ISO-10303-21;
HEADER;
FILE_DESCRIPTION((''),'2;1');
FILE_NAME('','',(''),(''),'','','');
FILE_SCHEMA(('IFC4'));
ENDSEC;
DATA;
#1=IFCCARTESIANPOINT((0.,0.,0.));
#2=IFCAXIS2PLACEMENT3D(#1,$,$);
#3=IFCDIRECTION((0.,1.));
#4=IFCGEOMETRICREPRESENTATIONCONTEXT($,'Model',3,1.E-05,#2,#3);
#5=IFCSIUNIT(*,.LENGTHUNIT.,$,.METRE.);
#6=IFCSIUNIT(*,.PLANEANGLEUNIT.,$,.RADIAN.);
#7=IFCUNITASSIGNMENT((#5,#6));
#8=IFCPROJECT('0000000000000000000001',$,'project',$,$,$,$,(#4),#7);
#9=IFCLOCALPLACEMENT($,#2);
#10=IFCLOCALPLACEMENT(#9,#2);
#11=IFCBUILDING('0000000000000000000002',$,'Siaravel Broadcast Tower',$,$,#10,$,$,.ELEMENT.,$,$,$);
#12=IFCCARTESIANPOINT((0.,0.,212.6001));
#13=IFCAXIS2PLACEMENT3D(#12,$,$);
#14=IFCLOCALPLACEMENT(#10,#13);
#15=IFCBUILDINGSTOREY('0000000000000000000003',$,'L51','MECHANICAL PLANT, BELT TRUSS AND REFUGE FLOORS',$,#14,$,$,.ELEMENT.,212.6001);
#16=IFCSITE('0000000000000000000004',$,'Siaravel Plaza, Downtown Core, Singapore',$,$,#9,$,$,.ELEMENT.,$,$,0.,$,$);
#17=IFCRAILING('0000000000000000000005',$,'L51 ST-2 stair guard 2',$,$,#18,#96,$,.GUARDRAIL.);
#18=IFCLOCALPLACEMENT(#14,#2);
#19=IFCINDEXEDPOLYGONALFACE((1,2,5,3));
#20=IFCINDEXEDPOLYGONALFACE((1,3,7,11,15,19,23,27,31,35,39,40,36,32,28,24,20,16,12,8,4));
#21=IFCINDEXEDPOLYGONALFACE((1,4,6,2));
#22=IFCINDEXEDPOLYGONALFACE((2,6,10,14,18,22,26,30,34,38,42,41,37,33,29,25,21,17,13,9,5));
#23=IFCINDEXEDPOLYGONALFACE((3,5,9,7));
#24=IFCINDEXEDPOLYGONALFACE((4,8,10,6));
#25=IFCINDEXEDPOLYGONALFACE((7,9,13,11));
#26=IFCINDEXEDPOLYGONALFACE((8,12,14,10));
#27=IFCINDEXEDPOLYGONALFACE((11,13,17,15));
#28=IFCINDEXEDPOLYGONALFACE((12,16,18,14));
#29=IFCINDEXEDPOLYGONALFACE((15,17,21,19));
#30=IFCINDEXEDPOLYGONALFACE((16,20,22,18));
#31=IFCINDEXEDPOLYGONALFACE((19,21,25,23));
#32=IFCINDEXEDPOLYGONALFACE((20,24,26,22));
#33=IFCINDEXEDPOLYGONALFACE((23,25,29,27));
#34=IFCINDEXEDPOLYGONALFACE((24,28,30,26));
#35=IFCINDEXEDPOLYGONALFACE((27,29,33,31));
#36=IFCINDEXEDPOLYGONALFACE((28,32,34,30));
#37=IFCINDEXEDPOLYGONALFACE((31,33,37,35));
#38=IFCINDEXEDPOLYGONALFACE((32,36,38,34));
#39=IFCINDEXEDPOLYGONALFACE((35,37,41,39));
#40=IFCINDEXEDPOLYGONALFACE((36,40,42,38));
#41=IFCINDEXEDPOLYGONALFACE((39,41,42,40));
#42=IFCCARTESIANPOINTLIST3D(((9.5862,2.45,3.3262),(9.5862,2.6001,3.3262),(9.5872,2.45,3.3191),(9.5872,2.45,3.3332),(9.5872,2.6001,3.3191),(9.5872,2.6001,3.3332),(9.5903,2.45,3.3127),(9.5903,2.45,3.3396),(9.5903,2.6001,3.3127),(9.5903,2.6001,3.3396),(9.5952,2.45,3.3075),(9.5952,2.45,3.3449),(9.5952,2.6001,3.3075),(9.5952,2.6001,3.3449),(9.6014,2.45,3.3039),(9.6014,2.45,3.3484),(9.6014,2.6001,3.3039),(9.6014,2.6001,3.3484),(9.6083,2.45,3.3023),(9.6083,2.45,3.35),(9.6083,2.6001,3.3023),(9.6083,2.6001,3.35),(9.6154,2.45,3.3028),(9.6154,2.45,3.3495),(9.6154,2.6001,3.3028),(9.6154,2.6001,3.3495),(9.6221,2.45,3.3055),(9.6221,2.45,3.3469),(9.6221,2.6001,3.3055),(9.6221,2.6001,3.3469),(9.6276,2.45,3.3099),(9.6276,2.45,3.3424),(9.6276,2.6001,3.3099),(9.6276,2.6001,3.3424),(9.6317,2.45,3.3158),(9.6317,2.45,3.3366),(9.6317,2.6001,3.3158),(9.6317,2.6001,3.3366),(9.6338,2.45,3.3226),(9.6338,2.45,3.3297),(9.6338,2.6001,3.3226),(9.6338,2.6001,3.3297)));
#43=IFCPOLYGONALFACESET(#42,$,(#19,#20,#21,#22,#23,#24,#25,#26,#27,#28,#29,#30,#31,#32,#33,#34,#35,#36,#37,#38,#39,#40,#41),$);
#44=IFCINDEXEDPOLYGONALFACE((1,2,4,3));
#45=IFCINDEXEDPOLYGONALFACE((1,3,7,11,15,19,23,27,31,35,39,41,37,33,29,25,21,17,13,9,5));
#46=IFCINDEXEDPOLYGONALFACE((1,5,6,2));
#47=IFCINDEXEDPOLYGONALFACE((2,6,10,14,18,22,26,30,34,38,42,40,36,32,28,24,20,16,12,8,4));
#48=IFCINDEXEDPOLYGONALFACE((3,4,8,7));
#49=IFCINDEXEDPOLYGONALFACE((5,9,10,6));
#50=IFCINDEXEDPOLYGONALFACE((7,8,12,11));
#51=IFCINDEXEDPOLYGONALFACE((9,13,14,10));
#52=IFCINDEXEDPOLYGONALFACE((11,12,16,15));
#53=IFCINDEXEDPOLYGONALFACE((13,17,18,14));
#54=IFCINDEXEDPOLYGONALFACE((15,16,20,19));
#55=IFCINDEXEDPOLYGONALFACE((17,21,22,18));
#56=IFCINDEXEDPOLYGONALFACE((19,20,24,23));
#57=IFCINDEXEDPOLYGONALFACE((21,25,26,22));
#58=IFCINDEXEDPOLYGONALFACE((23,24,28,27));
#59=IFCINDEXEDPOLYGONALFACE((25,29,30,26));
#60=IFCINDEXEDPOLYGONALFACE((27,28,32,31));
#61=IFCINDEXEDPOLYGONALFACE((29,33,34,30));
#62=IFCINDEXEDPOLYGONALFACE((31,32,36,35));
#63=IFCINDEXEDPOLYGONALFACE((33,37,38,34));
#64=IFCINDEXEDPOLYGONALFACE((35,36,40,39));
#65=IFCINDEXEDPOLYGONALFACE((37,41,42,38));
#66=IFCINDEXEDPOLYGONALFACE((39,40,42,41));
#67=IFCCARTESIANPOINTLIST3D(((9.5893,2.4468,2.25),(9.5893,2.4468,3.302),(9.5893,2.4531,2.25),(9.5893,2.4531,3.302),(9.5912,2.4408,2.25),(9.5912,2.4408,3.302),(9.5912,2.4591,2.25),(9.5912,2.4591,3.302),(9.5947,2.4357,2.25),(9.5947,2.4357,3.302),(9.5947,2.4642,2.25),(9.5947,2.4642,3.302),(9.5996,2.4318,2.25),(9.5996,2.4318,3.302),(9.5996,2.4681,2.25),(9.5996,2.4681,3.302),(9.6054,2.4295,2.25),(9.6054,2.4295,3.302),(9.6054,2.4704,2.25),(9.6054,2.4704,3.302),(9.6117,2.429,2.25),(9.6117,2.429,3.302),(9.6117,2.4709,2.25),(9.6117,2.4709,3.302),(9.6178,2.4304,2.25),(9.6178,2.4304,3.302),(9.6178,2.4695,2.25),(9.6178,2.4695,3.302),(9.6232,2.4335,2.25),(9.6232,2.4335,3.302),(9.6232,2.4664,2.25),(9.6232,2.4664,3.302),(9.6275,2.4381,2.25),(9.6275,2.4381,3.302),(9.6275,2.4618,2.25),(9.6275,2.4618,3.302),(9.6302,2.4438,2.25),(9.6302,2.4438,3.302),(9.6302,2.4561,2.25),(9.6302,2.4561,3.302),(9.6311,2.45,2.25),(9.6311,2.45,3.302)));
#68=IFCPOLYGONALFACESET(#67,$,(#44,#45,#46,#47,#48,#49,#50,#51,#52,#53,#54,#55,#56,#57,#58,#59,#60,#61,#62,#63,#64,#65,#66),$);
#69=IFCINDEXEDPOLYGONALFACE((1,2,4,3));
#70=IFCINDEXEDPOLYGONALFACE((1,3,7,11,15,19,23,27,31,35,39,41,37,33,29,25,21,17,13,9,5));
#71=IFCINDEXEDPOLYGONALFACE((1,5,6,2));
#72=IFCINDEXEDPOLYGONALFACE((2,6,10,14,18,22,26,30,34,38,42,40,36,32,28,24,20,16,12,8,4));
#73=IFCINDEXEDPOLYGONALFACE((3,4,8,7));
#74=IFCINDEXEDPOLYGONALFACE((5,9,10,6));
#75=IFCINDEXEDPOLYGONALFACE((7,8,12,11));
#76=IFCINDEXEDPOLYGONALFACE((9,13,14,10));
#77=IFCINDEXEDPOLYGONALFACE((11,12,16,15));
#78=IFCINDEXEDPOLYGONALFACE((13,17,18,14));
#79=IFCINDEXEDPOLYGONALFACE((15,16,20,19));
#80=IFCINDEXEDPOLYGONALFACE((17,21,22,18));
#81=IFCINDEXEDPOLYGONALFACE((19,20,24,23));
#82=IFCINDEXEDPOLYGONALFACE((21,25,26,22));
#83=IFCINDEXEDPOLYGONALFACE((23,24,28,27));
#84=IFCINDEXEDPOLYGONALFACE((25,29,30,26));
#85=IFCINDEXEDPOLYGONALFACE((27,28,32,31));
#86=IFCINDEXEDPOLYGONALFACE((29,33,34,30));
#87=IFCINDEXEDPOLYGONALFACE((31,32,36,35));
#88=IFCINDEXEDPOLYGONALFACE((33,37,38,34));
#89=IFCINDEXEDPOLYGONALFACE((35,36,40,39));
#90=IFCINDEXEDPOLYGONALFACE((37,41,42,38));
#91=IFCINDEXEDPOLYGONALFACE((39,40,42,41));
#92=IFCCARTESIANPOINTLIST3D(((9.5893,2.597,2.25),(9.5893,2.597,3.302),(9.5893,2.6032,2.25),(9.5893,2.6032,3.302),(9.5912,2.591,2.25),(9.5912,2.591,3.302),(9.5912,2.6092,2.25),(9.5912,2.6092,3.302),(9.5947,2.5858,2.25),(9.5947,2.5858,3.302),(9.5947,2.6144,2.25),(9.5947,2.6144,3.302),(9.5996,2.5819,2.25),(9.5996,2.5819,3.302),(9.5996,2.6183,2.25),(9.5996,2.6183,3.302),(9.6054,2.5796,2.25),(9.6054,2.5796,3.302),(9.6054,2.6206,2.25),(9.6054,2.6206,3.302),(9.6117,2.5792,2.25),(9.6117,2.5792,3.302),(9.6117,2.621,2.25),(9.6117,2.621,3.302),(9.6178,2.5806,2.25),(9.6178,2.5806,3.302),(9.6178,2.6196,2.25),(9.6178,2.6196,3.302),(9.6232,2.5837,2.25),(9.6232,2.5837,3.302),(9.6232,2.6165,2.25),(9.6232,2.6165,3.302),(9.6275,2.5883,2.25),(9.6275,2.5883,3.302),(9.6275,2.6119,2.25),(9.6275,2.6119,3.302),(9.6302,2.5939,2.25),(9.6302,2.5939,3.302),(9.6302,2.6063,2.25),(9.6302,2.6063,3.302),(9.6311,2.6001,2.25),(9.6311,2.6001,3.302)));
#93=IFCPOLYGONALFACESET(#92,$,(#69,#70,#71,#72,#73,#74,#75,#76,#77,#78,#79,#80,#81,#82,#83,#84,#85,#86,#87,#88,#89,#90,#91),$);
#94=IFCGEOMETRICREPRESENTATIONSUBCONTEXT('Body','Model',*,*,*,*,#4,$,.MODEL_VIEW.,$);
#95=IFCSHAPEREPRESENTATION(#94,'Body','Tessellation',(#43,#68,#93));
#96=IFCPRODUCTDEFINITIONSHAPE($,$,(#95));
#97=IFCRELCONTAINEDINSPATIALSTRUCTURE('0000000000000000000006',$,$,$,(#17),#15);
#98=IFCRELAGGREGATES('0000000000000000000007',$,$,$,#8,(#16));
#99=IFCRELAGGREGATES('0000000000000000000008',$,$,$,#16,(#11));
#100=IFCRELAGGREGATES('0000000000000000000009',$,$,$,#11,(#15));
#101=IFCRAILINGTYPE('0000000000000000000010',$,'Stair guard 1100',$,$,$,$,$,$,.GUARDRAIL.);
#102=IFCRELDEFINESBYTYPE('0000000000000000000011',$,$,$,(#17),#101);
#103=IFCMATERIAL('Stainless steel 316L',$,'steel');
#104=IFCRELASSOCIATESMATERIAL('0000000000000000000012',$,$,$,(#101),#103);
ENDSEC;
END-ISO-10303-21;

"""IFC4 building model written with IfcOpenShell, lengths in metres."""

from ifc_helpers import new_model, si_unit, direction, frame, origin, origin_2d, place, context, subcontext, project, spatial, circle, extrude, material, type_object, element, save


model = new_model("IFC4")

# Units and contexts
model_context = context("Model", 3, precision=1e-05, world=origin(), true_north=direction((0.0, 1.0)))
body_context = subcontext(model_context, "Body", "Model", "MODEL_VIEW")
ifc_project = project(units=[si_unit("LENGTHUNIT", "METRE"), si_unit("PLANEANGLEUNIT", "RADIAN")], contexts=[model_context])

# Site, building, storey
site_placement = place(None, origin())
site = spatial("IfcSite", under=ifc_project, at=site_placement, Name="Siaravel Plaza, Downtown Core, Singapore", CompositionType="ELEMENT", RefElevation=0.0)
building_placement = place(site_placement, origin())
building = spatial("IfcBuilding", under=site, at=building_placement, Name="Siaravel Broadcast Tower", CompositionType="ELEMENT")
storey_placement = place(building_placement, frame((0.0, 0.0, 212.6001)))
storey = spatial("IfcBuildingStorey", under=building, at=storey_placement, Name="L51", Description="MECHANICAL PLANT, BELT TRUSS AND REFUGE FLOORS", CompositionType="ELEMENT", Elevation=212.6001)

# Railing
ifc_material_1 = material(Name="Stainless steel 316L", Category="steel")
railing_type_1 = type_object("IfcRailingType", Name="Stair guard 1100", PredefinedType="GUARDRAIL", material=ifc_material_1)
railing_1_placement = place(storey_placement, frame((9.6101, 2.45, 2.25)))
element("IfcRailing", 1, at=railing_1_placement, inside=storey, type_object=railing_type_1, Name="L51 ST-2 stair guard 2", PredefinedType="GUARDRAIL", context=body_context, shape_type="SweptSolid", body=[
    extrude(circle(Radius=0.0239, at=origin_2d()), frame((0.0, 0.0, 1.0762), z_axis=(0.0, 1.0, 0.0), x_axis=(-1.0, 0.0, 0.0)), (0.0, 0.0, 1.0), 0.1501),
    extrude(circle(Radius=0.021, at=origin_2d()), origin(), (0.0, 0.0, 1.0), 1.052),
    extrude(circle(Radius=0.021, at=origin_2d()), frame((0.0, 0.1501, 0.0)), (0.0, 0.0, 1.0), 1.052),
])

save(model, "model.ifc")
